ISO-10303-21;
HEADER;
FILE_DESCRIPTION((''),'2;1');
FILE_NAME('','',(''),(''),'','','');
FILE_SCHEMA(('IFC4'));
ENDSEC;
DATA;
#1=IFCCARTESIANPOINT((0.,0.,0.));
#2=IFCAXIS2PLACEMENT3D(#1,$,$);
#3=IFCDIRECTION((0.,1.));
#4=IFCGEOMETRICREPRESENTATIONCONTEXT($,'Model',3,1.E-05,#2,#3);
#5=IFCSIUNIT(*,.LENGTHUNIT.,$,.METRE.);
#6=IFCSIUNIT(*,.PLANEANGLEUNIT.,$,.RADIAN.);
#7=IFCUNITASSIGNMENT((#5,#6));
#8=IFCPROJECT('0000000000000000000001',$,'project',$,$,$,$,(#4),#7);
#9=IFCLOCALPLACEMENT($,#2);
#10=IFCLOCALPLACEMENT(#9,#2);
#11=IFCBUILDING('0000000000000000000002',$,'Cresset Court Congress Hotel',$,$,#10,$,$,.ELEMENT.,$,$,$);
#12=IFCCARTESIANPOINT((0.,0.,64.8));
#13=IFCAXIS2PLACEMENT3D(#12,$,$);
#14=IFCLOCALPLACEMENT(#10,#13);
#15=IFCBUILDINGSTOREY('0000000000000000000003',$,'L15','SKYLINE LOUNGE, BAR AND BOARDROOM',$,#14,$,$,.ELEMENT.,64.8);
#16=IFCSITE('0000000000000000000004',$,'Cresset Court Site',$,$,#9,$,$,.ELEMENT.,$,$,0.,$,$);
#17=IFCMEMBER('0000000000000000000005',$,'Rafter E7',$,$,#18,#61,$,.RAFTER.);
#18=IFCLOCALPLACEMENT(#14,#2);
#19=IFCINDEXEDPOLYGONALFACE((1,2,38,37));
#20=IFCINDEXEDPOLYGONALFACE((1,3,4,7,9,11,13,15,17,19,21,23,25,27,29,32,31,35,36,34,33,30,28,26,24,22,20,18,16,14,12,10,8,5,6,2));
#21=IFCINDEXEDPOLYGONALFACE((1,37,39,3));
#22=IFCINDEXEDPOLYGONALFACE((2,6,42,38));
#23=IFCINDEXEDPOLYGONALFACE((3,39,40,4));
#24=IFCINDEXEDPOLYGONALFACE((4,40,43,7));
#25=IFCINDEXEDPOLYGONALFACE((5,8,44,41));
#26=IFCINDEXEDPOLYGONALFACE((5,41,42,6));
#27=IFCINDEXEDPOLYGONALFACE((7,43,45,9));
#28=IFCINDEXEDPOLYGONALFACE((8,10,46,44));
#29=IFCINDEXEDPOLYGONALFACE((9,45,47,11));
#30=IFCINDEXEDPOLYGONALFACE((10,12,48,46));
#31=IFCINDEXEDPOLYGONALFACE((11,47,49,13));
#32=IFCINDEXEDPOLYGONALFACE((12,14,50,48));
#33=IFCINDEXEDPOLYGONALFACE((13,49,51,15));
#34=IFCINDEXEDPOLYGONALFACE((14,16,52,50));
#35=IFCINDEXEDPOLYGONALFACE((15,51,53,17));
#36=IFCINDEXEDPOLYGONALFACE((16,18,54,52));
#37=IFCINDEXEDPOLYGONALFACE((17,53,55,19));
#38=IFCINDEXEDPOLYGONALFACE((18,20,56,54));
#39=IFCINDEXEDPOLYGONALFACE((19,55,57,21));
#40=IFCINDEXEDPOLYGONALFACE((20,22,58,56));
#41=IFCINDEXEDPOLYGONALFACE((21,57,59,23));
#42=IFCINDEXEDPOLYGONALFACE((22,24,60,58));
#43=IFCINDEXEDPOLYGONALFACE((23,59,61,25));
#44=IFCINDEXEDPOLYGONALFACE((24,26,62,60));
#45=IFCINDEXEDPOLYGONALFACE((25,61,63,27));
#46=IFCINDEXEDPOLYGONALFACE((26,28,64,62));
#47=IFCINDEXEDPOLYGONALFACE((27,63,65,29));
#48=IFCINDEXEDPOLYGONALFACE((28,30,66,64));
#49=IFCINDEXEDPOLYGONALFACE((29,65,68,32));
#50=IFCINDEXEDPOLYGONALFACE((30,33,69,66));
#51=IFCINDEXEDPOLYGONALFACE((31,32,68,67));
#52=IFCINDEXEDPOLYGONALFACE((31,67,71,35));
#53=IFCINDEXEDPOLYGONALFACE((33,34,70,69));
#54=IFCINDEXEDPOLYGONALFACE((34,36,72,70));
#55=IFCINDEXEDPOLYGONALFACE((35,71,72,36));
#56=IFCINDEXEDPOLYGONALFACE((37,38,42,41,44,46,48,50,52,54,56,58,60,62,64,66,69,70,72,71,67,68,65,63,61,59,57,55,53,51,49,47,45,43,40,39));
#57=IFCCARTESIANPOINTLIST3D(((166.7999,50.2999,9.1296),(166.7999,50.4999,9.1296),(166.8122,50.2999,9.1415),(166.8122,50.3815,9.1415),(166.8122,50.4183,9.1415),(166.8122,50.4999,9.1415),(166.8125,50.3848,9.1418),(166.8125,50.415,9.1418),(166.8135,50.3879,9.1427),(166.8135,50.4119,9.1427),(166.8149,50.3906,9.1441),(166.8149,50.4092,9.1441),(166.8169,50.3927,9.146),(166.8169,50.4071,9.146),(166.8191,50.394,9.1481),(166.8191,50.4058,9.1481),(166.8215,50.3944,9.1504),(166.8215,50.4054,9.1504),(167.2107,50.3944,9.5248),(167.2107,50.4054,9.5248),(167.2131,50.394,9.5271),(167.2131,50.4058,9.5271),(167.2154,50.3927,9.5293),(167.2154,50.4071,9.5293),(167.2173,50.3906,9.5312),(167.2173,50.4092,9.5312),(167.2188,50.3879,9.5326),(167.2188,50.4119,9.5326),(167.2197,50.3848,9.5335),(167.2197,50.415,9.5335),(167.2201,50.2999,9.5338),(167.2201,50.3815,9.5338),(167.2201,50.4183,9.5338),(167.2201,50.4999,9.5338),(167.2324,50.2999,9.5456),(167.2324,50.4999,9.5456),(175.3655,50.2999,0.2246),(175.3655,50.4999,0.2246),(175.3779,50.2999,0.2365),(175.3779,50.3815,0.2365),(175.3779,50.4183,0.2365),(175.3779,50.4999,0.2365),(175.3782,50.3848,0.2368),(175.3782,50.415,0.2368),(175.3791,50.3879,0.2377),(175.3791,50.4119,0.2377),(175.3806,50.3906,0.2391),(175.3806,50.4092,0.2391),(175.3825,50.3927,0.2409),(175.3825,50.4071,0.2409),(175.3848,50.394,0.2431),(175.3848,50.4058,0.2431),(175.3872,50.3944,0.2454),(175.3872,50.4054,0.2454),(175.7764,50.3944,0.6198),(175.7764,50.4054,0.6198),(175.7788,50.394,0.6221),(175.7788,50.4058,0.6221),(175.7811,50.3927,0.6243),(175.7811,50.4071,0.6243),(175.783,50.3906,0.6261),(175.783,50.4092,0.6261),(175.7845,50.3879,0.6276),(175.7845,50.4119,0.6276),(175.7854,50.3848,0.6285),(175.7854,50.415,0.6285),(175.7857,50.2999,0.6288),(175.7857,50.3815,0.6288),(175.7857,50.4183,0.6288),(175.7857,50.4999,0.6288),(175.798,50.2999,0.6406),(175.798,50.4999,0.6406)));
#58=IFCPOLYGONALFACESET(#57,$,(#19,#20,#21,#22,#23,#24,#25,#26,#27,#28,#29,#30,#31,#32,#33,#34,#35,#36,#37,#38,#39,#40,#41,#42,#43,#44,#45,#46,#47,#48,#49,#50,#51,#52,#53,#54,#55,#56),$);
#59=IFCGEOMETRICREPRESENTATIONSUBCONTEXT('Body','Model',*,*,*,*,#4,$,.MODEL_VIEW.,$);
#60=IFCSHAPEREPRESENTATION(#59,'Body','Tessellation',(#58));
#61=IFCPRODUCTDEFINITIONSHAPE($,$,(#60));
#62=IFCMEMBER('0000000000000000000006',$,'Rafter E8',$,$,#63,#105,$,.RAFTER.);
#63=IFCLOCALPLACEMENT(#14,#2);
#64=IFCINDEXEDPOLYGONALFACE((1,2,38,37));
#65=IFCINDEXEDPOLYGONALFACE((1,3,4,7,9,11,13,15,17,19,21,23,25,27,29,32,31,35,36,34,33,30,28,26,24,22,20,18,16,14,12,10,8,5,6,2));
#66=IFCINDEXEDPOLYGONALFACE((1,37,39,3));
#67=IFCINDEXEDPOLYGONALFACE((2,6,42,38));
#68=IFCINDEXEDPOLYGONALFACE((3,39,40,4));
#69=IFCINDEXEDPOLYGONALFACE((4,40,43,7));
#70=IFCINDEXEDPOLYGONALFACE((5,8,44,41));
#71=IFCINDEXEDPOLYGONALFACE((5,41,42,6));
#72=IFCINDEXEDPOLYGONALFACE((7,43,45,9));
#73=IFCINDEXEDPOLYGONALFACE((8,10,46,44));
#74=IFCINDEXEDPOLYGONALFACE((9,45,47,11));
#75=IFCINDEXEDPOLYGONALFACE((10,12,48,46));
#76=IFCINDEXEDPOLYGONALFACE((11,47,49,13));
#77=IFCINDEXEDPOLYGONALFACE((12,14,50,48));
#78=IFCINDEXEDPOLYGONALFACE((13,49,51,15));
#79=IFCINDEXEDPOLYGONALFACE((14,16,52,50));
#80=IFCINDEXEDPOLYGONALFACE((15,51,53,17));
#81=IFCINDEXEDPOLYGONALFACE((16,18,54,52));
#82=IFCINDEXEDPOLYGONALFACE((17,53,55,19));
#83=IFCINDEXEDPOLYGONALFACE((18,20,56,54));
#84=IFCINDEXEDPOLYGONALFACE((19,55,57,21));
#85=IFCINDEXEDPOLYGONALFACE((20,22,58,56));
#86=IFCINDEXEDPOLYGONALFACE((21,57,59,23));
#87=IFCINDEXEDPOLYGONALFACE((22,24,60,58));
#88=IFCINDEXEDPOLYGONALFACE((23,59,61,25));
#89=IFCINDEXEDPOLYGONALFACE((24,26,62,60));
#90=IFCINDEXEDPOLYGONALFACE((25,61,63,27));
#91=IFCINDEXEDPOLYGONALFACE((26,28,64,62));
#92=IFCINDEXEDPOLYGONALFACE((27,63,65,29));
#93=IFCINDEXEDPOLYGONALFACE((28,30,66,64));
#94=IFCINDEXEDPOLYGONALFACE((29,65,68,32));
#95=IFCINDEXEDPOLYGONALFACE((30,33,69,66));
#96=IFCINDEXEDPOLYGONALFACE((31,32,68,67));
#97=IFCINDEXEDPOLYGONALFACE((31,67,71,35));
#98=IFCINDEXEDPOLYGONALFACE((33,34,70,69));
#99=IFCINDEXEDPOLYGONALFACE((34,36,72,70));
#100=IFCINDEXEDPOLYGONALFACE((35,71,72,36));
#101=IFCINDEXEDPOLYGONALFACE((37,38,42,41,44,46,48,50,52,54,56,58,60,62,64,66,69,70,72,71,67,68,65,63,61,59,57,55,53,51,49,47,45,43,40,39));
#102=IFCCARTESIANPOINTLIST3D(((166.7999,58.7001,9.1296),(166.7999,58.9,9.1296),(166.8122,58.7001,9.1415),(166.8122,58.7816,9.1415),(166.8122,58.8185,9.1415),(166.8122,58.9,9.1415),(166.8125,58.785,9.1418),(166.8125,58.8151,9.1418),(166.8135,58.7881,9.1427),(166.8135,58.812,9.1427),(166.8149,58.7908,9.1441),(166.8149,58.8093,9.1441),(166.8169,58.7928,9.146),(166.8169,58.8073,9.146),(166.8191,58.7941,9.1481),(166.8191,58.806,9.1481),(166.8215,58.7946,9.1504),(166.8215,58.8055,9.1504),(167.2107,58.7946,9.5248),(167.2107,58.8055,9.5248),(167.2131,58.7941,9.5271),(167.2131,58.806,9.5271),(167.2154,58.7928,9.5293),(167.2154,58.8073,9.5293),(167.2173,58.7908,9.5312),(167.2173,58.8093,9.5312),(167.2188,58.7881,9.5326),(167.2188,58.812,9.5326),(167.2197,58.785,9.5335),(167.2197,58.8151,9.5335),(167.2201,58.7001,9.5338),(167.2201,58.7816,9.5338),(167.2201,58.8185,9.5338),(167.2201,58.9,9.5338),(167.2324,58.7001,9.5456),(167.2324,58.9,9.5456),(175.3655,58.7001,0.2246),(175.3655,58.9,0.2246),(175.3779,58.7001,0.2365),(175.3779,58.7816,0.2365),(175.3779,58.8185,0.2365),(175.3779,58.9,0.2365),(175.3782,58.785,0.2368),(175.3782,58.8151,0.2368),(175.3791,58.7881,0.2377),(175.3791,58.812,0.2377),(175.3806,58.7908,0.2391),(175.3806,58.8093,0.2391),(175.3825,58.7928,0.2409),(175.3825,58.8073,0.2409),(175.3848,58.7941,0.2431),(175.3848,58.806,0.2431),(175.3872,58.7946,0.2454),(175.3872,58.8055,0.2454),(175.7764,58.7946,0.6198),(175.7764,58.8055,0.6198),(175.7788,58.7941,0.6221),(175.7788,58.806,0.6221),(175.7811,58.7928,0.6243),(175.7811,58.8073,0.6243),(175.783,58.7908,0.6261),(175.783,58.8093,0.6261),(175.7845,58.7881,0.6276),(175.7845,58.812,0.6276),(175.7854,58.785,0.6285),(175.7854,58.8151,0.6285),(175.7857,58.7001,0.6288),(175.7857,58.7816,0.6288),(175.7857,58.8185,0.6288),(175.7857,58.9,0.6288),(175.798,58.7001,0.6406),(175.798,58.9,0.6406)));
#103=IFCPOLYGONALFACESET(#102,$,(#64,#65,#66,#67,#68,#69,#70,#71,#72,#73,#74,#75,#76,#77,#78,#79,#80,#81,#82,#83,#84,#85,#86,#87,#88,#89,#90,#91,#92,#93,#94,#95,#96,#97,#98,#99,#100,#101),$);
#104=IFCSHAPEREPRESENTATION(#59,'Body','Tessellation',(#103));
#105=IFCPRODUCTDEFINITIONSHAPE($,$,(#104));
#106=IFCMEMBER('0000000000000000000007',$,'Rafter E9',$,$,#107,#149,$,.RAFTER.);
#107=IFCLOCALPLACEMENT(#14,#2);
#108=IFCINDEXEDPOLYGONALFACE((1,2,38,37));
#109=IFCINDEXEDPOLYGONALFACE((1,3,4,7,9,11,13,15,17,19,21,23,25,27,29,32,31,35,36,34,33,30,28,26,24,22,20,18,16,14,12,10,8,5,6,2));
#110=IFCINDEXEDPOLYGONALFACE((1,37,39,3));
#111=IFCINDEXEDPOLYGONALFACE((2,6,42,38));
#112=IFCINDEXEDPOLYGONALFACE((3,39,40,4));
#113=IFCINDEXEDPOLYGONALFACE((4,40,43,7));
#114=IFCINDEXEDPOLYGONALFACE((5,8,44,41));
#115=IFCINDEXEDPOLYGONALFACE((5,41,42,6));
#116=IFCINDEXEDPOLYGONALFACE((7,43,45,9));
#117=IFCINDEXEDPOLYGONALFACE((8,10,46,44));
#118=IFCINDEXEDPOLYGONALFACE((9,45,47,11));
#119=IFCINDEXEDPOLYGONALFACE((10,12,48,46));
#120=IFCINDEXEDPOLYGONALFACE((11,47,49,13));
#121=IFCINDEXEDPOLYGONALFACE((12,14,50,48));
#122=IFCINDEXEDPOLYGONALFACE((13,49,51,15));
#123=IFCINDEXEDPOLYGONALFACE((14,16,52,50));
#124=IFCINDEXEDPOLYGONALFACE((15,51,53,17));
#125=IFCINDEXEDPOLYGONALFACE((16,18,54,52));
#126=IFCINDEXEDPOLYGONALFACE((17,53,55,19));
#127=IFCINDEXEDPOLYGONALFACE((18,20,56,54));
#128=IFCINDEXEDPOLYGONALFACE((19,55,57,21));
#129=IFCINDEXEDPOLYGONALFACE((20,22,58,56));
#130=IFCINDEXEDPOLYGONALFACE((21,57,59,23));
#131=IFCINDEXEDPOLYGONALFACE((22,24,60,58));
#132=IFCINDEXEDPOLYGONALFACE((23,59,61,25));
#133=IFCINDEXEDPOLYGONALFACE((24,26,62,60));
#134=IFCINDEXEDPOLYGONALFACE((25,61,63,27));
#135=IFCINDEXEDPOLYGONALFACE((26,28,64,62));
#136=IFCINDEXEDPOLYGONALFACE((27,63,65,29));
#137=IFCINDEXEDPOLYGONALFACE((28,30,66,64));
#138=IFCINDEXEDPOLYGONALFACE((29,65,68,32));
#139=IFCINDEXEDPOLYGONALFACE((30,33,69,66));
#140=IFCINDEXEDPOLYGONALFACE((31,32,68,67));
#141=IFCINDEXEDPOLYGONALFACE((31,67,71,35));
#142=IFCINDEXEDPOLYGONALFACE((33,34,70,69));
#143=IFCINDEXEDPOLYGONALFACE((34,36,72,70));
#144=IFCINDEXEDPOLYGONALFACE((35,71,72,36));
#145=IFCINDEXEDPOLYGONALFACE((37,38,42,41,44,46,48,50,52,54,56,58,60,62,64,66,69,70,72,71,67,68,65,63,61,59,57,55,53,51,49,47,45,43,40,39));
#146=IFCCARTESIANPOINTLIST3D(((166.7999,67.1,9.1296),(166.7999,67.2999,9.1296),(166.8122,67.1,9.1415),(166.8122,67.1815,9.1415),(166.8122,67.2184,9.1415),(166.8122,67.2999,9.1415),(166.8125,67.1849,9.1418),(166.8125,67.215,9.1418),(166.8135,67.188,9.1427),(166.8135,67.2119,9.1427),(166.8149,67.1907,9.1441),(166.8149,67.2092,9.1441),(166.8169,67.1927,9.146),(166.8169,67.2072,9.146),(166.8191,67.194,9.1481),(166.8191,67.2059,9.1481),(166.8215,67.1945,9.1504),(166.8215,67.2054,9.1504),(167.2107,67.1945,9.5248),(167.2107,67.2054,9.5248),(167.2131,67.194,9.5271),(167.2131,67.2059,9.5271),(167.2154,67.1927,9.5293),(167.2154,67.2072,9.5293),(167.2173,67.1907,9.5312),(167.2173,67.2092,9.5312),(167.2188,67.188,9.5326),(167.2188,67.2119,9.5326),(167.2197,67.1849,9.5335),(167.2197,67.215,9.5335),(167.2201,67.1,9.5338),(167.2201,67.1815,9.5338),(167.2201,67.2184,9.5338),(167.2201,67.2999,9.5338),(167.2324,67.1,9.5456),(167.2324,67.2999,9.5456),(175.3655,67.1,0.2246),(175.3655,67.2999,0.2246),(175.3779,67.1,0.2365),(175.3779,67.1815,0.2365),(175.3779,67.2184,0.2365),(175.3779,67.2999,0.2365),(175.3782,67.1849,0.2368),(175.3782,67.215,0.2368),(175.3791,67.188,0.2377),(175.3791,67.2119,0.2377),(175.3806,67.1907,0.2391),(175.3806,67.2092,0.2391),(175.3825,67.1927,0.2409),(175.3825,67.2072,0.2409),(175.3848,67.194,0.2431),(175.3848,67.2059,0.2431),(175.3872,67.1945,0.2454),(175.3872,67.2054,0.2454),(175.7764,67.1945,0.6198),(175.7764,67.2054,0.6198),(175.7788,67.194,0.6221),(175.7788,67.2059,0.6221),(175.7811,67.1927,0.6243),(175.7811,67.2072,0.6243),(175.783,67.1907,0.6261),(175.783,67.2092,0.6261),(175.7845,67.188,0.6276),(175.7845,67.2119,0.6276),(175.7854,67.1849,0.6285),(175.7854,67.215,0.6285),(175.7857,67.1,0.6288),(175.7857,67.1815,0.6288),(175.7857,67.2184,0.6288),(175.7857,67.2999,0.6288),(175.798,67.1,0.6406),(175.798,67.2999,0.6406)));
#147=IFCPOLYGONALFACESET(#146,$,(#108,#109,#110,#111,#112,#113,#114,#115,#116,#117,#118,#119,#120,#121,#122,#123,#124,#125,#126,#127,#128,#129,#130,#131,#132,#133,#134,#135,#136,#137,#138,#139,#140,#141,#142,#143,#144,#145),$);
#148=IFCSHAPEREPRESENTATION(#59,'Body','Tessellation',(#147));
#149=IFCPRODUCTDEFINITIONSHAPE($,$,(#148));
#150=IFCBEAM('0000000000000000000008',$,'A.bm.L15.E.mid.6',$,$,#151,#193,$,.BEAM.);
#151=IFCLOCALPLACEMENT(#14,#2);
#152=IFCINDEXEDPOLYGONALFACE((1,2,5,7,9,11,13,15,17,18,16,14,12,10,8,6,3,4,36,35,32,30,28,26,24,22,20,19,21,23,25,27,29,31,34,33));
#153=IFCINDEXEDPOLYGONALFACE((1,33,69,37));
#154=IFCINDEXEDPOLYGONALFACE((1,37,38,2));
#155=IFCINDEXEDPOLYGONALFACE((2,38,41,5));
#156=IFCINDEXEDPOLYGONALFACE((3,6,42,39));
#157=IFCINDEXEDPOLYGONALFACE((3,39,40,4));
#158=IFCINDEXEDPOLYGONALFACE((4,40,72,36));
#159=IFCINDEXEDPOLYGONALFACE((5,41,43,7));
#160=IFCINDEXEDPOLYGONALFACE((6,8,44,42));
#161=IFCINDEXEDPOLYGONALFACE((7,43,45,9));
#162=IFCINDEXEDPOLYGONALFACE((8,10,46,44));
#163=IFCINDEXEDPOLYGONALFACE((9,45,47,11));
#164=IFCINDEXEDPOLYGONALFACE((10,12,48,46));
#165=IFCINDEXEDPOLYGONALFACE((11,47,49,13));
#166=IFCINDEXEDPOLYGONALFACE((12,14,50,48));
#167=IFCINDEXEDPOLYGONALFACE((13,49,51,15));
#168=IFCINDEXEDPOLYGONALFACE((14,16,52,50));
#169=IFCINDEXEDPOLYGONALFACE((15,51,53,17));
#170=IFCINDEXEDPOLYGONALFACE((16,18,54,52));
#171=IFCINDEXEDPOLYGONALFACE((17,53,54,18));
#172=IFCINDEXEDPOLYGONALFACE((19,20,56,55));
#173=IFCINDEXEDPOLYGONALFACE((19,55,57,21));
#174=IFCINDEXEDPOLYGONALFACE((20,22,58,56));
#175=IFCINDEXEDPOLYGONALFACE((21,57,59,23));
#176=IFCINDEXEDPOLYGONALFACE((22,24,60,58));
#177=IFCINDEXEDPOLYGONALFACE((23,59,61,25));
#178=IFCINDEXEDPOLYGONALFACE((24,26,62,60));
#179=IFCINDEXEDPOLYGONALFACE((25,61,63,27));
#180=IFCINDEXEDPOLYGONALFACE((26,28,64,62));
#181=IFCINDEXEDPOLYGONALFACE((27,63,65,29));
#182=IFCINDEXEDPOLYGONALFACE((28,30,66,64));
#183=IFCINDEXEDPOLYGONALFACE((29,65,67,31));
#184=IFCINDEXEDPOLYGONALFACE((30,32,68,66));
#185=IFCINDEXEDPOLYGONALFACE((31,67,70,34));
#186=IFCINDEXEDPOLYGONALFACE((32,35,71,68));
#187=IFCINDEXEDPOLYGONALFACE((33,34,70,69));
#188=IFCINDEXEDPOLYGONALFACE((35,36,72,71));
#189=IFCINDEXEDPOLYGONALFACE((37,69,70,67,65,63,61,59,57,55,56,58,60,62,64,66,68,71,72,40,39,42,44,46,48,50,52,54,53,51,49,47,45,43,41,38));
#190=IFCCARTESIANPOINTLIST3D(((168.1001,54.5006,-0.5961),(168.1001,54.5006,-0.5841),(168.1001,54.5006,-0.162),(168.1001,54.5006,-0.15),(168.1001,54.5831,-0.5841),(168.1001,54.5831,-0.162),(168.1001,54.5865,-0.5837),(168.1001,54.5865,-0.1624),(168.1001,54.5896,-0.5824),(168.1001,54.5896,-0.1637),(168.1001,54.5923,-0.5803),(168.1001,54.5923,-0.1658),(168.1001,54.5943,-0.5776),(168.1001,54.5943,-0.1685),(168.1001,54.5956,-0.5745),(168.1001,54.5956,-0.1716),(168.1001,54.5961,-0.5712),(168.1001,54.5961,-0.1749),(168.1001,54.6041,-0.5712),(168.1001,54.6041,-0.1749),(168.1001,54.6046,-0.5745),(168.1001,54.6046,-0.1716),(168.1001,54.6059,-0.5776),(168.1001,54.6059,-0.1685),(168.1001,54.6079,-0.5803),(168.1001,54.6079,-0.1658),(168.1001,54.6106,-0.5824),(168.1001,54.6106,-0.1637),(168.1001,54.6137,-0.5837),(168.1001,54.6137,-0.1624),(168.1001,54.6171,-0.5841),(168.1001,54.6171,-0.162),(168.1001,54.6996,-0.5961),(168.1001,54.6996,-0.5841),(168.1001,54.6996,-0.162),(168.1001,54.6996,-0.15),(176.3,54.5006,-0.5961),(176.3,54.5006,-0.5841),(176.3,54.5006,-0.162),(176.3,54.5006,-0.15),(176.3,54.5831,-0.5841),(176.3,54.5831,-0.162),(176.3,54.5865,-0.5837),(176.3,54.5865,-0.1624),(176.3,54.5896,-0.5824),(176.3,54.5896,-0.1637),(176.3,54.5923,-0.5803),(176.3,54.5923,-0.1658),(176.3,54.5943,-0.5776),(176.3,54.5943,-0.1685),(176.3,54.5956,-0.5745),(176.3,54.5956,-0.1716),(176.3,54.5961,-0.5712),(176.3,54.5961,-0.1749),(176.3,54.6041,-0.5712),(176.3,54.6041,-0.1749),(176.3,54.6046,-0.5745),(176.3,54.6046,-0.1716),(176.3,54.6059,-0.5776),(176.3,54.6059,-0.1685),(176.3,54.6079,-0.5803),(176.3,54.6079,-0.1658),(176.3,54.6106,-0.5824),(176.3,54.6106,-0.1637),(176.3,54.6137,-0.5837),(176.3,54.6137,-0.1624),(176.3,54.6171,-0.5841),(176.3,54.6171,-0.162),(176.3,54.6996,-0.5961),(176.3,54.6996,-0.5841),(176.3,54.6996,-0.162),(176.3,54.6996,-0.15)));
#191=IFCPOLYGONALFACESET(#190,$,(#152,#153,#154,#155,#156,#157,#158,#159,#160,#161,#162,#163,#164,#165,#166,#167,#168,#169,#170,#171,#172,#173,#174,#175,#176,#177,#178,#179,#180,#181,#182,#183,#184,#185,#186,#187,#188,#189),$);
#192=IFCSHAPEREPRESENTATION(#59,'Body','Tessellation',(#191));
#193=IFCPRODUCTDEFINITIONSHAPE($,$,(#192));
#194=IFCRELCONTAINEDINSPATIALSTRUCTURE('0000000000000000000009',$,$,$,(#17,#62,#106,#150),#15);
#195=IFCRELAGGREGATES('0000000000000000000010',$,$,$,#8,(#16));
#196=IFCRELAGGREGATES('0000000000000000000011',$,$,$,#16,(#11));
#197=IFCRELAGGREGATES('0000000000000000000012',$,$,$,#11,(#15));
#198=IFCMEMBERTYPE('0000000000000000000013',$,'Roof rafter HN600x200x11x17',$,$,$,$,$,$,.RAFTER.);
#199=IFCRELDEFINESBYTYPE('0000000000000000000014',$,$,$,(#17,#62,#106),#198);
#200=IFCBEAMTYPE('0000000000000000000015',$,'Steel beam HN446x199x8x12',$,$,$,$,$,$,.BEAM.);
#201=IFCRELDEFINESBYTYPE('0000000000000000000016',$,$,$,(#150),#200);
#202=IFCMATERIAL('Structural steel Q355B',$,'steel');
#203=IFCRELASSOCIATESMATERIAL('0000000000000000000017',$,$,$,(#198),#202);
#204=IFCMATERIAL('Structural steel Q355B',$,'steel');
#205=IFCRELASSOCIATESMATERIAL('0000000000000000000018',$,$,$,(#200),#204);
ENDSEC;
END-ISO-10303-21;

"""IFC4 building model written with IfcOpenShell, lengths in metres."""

from ifc_helpers import new_model, si_unit, direction, frame, origin, origin_2d, place, context, subcontext, project, spatial, i_section, extrude, material, material_profile, profile_set, type_object, element, save


model = new_model("IFC4")

# Units and contexts
model_context = context("Model", 3, precision=1e-05, world=origin(), true_north=direction((0.0, 1.0)))
body_context = subcontext(model_context, "Body", "Model", "MODEL_VIEW")
ifc_project = project(units=[si_unit("LENGTHUNIT", "METRE"), si_unit("PLANEANGLEUNIT", "RADIAN")], contexts=[model_context])

# Site, building, storey
site_placement = place(None, origin())
site = spatial("IfcSite", under=ifc_project, at=site_placement, Name="Cresset Court Site", CompositionType="ELEMENT", RefElevation=0.0)
building_placement = place(site_placement, origin())
building = spatial("IfcBuilding", under=site, at=building_placement, Name="Cresset Court Congress Hotel", CompositionType="ELEMENT")
storey_placement = place(building_placement, frame((0.0, 0.0, 64.8)))
storey = spatial("IfcBuildingStorey", under=building, at=storey_placement, Name="L15", Description="SKYLINE LOUNGE, BAR AND BOARDROOM", CompositionType="ELEMENT", Elevation=64.8)

# Members
ifc_material_1 = material(Name="Structural steel Q355B", Category="steel")
ifc_material_profile_1 = material_profile(ifc_material_1, i_section(OverallWidth=0.2, OverallDepth=0.6001, WebThickness=0.011, FlangeThickness=0.0171, FilletRadius=0.0129, at=origin_2d()), Name="HN600x200x11x17")
ifc_profile_set_1 = profile_set([ifc_material_profile_1], Name="Structural steel Q355B")
member_type_1 = type_object("IfcMemberType", Name="Roof rafter HN600x200x11x17", PredefinedType="RAFTER", material=ifc_profile_set_1)
for number, where, z_axis, x_axis, name in (
    (1, (175.5818, 50.3999, 0.4326), (-0.693241, 0.0, 0.720706), (0.0, -1.0, 0.0), "Rafter E7"),
    (2, (175.5818, 58.8, 0.4326), (-0.693241, 0.0, 0.720706), (0.0, -1.0, 0.0), "Rafter E8"),
    (3, (175.5818, 67.2, 0.4326), (-0.693241, 0.0, 0.720706), (0.0, -1.0, 0.0), "Rafter E9"),
):
    element("IfcMember", number, at=place(storey_placement, frame(where, z_axis=z_axis, x_axis=x_axis)), inside=storey, type_object=member_type_1, Name=name, PredefinedType="RAFTER", context=body_context, shape_type="SweptSolid", body=[
        extrude(i_section(OverallWidth=0.2, OverallDepth=0.6001, WebThickness=0.011, FlangeThickness=0.0171, FilletRadius=0.0129, at=origin_2d()), origin(), (0.0, 0.0, 1.0), 12.356),
    ])

# Beam
ifc_material_2 = material(Name="Structural steel Q355B", Category="steel")
ifc_material_profile_2 = material_profile(ifc_material_2, i_section(OverallWidth=0.199, OverallDepth=0.446, WebThickness=0.0081, FlangeThickness=0.012, FilletRadius=0.0129, at=origin_2d()), Name="HN446x199x8x12")
ifc_profile_set_2 = profile_set([ifc_material_profile_2], Name="Structural steel Q355B")
beam_type_1 = type_object("IfcBeamType", Name="Steel beam HN446x199x8x12", PredefinedType="BEAM", material=ifc_profile_set_2)
beam_1_placement = place(storey_placement, frame((168.1001, 54.6001, -0.373), z_axis=(1.0, 0.0, 0.0), x_axis=(0.0, 1.0, 0.0)))
element("IfcBeam", 4, at=beam_1_placement, inside=storey, type_object=beam_type_1, Name="A.bm.L15.E.mid.6", PredefinedType="BEAM", context=body_context, shape_type="SweptSolid", body=[
    extrude(i_section(OverallWidth=0.199, OverallDepth=0.446, WebThickness=0.0081, FlangeThickness=0.012, FilletRadius=0.0129, at=origin_2d()), origin(), (0.0, 0.0, 1.0), 8.2),
])

save(model, "model.ifc")
